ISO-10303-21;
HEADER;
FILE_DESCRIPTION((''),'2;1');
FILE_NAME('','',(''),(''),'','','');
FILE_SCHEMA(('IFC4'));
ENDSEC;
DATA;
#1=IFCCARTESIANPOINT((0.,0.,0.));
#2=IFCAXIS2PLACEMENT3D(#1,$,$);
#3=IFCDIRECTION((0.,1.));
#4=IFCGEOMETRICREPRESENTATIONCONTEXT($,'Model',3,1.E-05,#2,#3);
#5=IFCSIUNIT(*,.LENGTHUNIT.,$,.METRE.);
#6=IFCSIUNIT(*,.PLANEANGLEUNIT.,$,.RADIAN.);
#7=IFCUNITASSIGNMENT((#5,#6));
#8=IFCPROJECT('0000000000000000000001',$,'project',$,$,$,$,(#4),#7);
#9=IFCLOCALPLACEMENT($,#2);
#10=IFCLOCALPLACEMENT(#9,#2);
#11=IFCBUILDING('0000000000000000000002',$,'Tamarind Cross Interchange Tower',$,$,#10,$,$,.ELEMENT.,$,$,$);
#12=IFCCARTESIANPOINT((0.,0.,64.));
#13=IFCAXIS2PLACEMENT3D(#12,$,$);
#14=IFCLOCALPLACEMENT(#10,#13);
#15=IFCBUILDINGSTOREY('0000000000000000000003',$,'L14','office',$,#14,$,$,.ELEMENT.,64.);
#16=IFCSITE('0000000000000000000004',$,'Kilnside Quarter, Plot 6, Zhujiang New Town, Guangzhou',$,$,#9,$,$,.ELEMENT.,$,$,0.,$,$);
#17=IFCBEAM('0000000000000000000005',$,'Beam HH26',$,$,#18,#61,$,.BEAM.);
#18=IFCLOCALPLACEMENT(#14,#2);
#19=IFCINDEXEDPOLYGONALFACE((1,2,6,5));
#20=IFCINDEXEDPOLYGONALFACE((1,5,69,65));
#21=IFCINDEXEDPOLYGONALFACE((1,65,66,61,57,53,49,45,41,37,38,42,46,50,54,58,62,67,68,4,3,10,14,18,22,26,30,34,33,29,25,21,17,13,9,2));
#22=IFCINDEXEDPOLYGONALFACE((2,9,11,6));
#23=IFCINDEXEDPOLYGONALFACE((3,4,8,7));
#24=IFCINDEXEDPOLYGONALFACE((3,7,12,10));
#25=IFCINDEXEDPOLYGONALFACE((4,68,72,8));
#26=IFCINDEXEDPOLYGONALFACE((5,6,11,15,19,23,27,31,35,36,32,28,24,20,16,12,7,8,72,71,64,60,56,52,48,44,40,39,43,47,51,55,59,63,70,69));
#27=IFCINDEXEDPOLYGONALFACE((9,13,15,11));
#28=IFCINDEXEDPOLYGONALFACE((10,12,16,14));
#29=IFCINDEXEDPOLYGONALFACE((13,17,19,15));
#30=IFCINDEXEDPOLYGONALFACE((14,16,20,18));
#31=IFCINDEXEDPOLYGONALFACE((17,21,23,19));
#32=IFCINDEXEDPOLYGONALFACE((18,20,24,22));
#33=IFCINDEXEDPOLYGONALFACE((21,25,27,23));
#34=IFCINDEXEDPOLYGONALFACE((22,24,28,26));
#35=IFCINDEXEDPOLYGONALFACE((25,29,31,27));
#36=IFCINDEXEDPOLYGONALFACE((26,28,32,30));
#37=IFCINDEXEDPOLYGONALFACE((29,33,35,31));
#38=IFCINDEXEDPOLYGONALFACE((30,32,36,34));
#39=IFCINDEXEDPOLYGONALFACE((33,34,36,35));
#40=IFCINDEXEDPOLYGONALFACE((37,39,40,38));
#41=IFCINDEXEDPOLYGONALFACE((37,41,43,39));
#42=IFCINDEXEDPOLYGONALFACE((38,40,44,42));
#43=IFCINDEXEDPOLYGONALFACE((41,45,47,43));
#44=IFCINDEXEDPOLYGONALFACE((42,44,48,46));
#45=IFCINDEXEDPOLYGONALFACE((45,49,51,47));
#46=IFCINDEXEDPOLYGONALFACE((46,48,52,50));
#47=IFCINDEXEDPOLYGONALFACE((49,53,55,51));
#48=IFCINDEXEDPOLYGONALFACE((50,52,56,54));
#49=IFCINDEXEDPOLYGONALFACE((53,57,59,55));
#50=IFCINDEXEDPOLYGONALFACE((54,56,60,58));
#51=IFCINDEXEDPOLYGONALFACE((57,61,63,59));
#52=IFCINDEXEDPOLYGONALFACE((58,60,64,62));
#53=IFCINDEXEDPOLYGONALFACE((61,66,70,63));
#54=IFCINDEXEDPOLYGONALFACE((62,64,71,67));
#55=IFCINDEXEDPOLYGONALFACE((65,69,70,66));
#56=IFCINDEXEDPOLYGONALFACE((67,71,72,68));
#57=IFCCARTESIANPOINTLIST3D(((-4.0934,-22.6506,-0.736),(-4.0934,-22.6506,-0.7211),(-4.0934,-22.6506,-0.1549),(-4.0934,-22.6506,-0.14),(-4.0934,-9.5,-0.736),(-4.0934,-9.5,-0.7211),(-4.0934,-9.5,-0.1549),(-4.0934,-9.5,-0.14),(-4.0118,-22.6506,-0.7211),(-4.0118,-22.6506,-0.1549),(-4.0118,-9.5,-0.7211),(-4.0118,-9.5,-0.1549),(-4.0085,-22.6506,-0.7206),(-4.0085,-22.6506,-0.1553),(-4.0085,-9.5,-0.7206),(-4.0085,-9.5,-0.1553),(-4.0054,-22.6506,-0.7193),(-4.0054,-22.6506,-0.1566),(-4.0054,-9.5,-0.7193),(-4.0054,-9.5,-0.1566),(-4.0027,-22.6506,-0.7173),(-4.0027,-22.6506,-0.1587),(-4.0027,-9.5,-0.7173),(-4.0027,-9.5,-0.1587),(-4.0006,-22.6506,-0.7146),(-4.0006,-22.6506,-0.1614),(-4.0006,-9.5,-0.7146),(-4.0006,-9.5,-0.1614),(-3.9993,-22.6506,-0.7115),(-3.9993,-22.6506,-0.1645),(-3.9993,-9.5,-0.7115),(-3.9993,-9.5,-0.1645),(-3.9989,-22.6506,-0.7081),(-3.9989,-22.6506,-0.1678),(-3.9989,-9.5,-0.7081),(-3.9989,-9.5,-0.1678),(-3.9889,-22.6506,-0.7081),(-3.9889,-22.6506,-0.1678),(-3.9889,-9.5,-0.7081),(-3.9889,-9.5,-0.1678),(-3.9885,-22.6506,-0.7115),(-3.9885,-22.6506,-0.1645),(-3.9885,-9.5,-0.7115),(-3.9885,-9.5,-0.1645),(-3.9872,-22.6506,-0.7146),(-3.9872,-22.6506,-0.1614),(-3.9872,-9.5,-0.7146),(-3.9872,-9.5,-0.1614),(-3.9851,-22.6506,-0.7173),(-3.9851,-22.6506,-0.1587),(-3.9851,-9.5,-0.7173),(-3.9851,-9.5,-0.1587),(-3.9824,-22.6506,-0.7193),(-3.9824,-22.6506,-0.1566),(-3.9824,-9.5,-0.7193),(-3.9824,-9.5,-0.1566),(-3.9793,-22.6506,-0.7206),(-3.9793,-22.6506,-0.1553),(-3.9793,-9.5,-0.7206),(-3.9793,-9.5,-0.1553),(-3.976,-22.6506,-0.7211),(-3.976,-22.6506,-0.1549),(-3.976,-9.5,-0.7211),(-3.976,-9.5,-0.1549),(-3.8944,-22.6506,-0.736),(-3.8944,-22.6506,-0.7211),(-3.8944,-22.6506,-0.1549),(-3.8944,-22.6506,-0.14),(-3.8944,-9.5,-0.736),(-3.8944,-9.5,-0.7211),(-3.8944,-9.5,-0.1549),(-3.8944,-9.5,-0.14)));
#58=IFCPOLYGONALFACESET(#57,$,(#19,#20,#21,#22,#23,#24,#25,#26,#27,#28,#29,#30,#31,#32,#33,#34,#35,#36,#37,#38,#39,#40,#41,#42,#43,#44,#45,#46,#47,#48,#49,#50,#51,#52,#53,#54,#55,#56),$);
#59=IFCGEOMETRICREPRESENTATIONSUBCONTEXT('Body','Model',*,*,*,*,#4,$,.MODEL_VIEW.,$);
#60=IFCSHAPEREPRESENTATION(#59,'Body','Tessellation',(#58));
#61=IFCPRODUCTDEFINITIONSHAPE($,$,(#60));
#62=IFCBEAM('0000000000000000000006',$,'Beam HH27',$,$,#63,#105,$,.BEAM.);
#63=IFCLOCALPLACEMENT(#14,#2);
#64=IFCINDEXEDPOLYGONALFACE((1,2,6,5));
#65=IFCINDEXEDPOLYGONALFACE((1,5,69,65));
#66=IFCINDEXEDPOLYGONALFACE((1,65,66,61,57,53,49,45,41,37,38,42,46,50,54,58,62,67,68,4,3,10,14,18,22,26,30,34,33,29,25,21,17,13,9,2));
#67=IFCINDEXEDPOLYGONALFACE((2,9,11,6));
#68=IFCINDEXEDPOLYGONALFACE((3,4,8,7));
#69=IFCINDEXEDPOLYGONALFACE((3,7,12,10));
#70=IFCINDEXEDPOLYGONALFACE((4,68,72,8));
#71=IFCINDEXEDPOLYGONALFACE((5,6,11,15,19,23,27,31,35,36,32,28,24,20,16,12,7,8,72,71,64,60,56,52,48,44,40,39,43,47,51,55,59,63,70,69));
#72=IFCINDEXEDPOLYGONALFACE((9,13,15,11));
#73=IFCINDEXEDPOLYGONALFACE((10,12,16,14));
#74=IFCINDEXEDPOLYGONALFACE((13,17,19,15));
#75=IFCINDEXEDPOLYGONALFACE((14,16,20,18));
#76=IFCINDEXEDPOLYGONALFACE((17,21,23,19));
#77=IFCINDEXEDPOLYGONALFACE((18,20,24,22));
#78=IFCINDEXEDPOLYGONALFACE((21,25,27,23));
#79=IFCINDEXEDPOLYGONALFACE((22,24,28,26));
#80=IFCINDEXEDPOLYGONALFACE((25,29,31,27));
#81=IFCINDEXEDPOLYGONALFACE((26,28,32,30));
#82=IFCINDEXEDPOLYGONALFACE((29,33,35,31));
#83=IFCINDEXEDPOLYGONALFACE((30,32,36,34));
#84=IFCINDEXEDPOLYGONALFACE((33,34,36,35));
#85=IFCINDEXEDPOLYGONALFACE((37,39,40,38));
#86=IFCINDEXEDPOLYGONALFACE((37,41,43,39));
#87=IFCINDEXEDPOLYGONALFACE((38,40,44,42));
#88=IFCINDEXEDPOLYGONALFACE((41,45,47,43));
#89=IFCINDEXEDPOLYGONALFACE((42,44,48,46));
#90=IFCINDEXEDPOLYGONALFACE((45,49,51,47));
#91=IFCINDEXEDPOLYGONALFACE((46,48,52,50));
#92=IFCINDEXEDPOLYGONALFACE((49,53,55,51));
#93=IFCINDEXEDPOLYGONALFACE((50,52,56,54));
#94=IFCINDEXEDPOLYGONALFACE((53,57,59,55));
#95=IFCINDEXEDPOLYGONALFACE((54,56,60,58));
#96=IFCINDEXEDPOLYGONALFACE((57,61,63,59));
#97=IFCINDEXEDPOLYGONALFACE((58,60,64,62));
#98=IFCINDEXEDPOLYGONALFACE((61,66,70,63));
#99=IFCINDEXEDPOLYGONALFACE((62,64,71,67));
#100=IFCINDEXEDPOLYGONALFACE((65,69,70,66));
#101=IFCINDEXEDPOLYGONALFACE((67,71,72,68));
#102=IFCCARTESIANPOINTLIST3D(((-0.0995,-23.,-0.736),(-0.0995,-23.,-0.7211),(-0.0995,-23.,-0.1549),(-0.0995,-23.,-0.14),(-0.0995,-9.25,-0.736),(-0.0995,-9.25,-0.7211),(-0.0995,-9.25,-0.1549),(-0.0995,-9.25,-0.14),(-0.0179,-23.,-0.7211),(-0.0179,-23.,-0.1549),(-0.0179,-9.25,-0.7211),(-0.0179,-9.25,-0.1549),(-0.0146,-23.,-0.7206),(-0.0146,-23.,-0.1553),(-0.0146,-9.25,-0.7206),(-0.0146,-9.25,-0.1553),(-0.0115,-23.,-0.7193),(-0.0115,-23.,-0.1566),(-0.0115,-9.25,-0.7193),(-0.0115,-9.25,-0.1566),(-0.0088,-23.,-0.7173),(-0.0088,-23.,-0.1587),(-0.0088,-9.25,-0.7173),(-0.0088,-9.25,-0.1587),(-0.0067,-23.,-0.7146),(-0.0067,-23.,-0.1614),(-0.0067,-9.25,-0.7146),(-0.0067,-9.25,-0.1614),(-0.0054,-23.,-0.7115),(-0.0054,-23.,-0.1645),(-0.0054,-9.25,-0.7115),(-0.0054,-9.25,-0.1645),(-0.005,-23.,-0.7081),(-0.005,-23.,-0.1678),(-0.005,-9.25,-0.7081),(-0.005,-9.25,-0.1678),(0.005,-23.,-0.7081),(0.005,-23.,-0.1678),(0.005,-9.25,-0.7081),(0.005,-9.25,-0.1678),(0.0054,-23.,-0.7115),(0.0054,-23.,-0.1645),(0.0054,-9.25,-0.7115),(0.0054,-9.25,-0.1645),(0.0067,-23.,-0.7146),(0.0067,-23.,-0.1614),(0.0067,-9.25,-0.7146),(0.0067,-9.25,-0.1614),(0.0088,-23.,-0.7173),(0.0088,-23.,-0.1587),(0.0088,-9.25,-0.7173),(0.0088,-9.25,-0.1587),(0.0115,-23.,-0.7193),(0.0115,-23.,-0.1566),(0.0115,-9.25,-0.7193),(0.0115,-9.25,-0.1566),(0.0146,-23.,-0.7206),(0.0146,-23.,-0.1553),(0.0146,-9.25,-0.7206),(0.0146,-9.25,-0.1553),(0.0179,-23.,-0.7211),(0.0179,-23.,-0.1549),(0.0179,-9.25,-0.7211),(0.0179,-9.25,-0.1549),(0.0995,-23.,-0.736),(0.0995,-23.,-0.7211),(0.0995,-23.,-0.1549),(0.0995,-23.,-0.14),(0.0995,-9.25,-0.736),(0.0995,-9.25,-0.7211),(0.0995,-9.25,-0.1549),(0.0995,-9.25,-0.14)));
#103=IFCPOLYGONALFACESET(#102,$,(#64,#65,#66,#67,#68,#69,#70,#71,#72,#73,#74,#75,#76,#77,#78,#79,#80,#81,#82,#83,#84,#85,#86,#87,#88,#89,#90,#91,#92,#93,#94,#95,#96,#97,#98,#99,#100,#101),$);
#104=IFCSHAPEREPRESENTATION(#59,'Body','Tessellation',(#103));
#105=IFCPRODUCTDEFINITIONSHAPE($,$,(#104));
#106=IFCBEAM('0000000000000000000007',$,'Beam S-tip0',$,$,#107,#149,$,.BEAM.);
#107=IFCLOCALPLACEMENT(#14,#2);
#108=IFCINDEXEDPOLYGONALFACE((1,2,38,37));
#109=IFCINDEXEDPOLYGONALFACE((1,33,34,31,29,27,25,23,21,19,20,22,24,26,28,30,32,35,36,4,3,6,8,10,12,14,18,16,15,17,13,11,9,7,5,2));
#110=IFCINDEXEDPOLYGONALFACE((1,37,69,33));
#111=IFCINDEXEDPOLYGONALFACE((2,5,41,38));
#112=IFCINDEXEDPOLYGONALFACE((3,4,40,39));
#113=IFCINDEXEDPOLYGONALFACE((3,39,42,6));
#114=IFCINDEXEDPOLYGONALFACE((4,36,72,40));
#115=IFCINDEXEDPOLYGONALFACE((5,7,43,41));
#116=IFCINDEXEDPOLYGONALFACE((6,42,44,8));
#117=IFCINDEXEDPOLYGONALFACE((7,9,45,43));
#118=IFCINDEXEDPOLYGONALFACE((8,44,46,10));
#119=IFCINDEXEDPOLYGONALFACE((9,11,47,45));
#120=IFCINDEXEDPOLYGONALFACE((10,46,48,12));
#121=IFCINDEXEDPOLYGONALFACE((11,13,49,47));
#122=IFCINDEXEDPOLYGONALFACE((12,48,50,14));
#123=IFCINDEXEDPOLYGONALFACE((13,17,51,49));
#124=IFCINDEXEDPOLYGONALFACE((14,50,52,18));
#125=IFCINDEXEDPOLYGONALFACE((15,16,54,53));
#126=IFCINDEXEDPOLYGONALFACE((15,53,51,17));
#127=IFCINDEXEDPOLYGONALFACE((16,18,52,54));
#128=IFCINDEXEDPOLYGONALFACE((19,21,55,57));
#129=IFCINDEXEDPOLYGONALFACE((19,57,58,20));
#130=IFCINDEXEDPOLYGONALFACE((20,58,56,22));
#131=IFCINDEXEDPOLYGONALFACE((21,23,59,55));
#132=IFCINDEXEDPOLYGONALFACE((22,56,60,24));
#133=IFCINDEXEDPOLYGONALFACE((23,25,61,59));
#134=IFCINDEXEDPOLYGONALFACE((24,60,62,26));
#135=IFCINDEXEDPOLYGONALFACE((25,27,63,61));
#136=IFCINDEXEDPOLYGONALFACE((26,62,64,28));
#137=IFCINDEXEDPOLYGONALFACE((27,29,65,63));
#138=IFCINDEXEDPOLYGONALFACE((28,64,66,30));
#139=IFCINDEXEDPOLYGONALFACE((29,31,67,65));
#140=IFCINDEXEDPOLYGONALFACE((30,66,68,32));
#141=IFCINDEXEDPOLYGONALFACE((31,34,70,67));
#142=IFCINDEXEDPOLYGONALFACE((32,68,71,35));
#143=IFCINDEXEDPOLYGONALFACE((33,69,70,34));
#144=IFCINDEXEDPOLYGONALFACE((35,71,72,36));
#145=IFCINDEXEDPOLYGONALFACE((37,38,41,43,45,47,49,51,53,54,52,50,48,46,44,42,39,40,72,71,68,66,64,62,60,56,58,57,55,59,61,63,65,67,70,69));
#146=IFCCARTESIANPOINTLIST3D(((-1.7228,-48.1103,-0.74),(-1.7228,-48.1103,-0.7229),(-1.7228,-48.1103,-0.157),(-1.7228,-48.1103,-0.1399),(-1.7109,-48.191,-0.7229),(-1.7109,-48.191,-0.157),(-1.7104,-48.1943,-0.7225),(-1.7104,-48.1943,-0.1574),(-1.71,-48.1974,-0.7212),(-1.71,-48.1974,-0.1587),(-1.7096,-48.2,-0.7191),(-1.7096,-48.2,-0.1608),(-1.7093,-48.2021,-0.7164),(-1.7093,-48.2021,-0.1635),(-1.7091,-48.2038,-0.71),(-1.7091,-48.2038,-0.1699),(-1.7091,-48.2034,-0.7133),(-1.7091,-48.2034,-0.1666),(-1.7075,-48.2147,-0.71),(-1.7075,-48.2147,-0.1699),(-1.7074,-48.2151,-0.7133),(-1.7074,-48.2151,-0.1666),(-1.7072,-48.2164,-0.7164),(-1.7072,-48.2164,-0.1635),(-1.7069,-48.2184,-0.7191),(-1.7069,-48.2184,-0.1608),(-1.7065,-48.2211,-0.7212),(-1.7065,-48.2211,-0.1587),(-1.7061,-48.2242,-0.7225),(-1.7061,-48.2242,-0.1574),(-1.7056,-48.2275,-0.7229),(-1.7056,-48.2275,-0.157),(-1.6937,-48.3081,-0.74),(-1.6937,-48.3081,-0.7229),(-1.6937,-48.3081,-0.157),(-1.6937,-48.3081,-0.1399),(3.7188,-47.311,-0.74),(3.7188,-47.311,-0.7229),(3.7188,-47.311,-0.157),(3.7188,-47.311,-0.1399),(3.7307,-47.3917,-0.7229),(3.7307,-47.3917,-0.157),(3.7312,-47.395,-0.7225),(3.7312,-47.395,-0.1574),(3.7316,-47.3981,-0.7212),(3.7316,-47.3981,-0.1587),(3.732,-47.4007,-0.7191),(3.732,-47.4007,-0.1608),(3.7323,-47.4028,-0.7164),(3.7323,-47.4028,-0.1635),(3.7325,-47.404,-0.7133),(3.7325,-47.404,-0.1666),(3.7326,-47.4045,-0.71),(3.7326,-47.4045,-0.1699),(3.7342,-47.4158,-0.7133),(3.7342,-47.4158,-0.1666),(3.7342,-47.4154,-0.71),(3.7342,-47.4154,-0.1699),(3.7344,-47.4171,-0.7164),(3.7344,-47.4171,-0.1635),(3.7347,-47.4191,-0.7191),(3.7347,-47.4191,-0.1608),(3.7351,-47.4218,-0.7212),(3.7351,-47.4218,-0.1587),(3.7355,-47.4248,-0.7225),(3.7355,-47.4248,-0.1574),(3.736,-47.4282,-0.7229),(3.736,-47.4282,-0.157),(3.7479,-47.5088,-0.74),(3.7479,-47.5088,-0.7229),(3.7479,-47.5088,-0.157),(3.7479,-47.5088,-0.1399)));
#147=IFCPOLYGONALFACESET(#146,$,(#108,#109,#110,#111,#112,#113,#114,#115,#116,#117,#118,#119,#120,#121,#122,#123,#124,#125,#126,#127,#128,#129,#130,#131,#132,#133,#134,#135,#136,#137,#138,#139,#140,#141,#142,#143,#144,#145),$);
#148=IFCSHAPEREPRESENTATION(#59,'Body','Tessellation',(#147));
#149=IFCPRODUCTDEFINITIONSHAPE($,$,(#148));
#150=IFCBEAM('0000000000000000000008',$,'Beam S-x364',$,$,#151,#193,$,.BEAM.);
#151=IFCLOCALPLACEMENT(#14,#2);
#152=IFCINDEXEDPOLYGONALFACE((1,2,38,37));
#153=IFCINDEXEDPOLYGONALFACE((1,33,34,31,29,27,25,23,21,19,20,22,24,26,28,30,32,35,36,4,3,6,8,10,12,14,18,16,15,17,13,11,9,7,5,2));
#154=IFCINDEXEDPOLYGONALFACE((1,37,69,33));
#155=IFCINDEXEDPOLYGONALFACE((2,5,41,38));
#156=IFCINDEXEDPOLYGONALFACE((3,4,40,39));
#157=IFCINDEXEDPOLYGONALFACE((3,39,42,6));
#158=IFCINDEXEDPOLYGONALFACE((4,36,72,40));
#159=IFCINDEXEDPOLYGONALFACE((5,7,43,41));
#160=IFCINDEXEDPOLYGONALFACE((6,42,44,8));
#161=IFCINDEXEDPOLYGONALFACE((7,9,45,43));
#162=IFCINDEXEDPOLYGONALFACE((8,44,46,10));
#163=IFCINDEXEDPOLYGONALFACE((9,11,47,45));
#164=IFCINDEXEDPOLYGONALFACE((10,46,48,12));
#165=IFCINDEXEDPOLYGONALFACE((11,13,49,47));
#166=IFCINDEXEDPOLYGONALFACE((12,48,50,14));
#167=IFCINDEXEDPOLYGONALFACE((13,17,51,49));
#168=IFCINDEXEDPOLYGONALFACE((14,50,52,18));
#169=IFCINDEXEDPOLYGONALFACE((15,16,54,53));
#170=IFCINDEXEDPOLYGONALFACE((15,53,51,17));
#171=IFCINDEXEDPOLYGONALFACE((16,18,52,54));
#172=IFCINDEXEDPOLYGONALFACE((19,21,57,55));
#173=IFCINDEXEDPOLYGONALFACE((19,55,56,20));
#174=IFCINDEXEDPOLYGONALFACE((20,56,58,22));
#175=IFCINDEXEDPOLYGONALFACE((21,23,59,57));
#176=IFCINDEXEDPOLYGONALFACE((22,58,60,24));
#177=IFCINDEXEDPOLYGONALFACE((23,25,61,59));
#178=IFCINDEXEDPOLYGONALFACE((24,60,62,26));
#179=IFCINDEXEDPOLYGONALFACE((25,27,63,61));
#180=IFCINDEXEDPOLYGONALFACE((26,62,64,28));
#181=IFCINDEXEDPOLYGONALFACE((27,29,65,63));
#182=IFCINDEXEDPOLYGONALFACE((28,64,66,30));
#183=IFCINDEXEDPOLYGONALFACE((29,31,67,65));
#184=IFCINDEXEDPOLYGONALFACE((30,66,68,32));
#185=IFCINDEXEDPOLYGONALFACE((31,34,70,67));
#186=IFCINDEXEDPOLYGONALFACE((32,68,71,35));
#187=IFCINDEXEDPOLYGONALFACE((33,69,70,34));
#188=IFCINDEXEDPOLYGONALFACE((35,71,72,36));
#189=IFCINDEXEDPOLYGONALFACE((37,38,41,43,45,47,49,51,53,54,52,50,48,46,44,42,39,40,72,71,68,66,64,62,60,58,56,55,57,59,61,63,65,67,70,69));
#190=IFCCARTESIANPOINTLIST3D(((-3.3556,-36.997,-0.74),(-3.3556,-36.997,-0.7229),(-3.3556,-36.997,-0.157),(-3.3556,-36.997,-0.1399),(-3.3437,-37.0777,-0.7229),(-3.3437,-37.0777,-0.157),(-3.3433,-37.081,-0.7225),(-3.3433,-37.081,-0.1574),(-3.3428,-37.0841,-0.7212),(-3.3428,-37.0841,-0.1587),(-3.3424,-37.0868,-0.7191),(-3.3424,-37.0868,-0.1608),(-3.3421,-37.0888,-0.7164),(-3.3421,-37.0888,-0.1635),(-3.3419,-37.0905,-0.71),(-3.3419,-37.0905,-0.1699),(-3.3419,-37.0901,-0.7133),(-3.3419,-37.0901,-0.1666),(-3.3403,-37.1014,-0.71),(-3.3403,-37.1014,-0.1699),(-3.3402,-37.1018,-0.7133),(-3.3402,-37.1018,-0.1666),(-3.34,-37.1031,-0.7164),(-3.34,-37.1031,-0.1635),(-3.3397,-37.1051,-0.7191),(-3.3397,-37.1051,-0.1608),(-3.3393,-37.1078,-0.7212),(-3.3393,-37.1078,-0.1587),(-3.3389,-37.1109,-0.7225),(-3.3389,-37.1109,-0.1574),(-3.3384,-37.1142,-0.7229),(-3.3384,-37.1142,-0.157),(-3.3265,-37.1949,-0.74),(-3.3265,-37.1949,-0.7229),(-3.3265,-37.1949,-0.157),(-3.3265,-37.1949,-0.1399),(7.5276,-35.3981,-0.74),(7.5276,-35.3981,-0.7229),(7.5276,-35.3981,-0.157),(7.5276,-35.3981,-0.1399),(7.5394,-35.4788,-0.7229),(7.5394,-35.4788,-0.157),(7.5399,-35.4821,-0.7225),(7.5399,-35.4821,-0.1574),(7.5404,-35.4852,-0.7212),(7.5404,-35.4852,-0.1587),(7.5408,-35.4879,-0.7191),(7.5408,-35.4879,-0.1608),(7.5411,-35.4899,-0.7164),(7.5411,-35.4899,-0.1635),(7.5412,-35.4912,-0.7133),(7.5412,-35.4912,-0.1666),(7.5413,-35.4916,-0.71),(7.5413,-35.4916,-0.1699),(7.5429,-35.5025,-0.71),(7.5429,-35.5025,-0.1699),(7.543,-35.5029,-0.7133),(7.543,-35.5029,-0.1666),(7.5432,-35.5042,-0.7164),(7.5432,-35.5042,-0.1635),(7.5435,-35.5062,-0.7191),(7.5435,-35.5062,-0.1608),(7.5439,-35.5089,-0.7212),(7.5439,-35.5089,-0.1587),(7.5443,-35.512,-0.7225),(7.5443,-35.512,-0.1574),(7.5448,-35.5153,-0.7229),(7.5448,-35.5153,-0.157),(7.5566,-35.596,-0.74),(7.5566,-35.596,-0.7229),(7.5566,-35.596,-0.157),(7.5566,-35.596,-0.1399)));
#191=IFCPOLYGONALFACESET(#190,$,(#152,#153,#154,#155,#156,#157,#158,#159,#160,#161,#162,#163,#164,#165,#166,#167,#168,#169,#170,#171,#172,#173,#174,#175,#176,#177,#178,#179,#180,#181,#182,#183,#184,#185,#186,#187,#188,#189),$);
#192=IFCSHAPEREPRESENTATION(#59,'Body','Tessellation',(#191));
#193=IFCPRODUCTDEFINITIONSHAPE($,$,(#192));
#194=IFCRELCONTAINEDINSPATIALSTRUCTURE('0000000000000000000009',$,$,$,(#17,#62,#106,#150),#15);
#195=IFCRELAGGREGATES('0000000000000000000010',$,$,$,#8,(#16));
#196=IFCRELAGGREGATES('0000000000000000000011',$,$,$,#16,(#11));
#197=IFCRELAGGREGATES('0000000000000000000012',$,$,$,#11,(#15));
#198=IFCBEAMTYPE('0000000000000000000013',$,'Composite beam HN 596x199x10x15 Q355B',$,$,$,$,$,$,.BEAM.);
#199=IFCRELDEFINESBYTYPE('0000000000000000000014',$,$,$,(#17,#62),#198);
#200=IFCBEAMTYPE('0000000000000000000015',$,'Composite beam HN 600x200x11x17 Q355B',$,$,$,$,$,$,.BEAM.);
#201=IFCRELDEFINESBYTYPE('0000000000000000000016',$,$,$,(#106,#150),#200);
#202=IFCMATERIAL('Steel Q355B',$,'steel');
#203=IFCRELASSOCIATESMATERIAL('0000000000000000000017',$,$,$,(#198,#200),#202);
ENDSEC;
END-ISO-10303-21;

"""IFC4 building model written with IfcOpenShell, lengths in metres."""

from ifc_helpers import new_model, si_unit, direction, frame, origin, origin_2d, place, context, subcontext, project, spatial, i_section, extrude, material, material_profile, profile_set, type_object, element, save


model = new_model("IFC4")

# Units and contexts
model_context = context("Model", 3, precision=1e-05, world=origin(), true_north=direction((0.0, 1.0)))
body_context = subcontext(model_context, "Body", "Model", "MODEL_VIEW")
ifc_project = project(units=[si_unit("LENGTHUNIT", "METRE"), si_unit("PLANEANGLEUNIT", "RADIAN")], contexts=[model_context])

# Site, building, storey
site_placement = place(None, origin())
site = spatial("IfcSite", under=ifc_project, at=site_placement, Name="Kilnside Quarter, Plot 6, Zhujiang New Town, Guangzhou", CompositionType="ELEMENT", RefElevation=0.0)
building_placement = place(site_placement, origin())
building = spatial("IfcBuilding", under=site, at=building_placement, Name="Tamarind Cross Interchange Tower", CompositionType="ELEMENT")
storey_placement = place(building_placement, frame((0.0, 0.0, 64.0)))
storey = spatial("IfcBuildingStorey", under=building, at=storey_placement, Name="L14", Description="office", CompositionType="ELEMENT", Elevation=64.0)

# Beams
ifc_material_1 = material(Name="Steel Q355B", Category="steel")
ifc_material_profile_1 = material_profile(ifc_material_1, i_section(OverallWidth=0.199, OverallDepth=0.5959, WebThickness=0.01, FlangeThickness=0.0149, FilletRadius=0.0129, at=origin_2d()), Name="HN 596x199x10x15")
ifc_profile_set_1 = profile_set([ifc_material_profile_1], Name="Steel Q355B")
beam_type_1 = type_object("IfcBeamType", Name="Composite beam HN 596x199x10x15 Q355B", PredefinedType="BEAM", material=ifc_profile_set_1)
beam_1_placement = place(storey_placement, frame((-3.9939, -22.6506, -0.438), z_axis=(0.0, 1.0, 0.0), x_axis=(-1.0, 0.0, 0.0)))
element("IfcBeam", 1, at=beam_1_placement, inside=storey, type_object=beam_type_1, Name="Beam HH26", PredefinedType="BEAM", context=body_context, shape_type="SweptSolid", body=[
    extrude(i_section(OverallWidth=0.199, OverallDepth=0.5959, WebThickness=0.01, FlangeThickness=0.0149, FilletRadius=0.0129, at=origin_2d()), origin(), (0.0, 0.0, 1.0), 13.1506),
])
beam_2_placement = place(storey_placement, frame((0.0, -23.0, -0.438), z_axis=(0.0, 1.0, 0.0), x_axis=(-1.0, 0.0, 0.0)))
element("IfcBeam", 2, at=beam_2_placement, inside=storey, type_object=beam_type_1, Name="Beam HH27", PredefinedType="BEAM", context=body_context, shape_type="SweptSolid", body=[
    extrude(i_section(OverallWidth=0.199, OverallDepth=0.5959, WebThickness=0.01, FlangeThickness=0.0149, FilletRadius=0.0129, at=origin_2d()), origin(), (0.0, 0.0, 1.0), 13.75),
])
ifc_material_profile_2 = material_profile(ifc_material_1, i_section(OverallWidth=0.2, OverallDepth=0.6001, WebThickness=0.011, FlangeThickness=0.0171, FilletRadius=0.0129, at=origin_2d()), Name="HN 600x200x11x17")
ifc_profile_set_2 = profile_set([ifc_material_profile_2], Name="Steel Q355B")
beam_type_2 = type_object("IfcBeamType", Name="Composite beam HN 600x200x11x17 Q355B", PredefinedType="BEAM", material=ifc_profile_set_2)
beam_3_placement = place(storey_placement, frame((-1.7083, -48.2092, -0.4399), z_axis=(0.989383, 0.145329, 0.0), x_axis=(-0.145329, 0.989383, 0.0)))
element("IfcBeam", 3, at=beam_3_placement, inside=storey, type_object=beam_type_2, Name="Beam S-tip0", PredefinedType="BEAM", context=body_context, shape_type="SweptSolid", body=[
    extrude(i_section(OverallWidth=0.2, OverallDepth=0.6001, WebThickness=0.011, FlangeThickness=0.0171, FilletRadius=0.0129, at=origin_2d()), origin(), (0.0, 0.0, 1.0), 5.5),
])
for number, where, z_axis, x_axis, name in (
    (4, (-3.3411, -37.0959, -0.4399), (0.98938, 0.145354, 0.0), (-0.145354, 0.98938, 0.0), "Beam S-x364"),
):
    element("IfcBeam", number, at=place(storey_placement, frame(where, z_axis=z_axis, x_axis=x_axis)), inside=storey, type_object=beam_type_2, Name=name, PredefinedType="BEAM", context=body_context, shape_type="SweptSolid", body=[
        extrude(i_section(OverallWidth=0.2, OverallDepth=0.6001, WebThickness=0.011, FlangeThickness=0.0171, FilletRadius=0.0129, at=origin_2d()), origin(), (0.0, 0.0, 1.0), 11.0),
    ])

save(model, "model.ifc")
